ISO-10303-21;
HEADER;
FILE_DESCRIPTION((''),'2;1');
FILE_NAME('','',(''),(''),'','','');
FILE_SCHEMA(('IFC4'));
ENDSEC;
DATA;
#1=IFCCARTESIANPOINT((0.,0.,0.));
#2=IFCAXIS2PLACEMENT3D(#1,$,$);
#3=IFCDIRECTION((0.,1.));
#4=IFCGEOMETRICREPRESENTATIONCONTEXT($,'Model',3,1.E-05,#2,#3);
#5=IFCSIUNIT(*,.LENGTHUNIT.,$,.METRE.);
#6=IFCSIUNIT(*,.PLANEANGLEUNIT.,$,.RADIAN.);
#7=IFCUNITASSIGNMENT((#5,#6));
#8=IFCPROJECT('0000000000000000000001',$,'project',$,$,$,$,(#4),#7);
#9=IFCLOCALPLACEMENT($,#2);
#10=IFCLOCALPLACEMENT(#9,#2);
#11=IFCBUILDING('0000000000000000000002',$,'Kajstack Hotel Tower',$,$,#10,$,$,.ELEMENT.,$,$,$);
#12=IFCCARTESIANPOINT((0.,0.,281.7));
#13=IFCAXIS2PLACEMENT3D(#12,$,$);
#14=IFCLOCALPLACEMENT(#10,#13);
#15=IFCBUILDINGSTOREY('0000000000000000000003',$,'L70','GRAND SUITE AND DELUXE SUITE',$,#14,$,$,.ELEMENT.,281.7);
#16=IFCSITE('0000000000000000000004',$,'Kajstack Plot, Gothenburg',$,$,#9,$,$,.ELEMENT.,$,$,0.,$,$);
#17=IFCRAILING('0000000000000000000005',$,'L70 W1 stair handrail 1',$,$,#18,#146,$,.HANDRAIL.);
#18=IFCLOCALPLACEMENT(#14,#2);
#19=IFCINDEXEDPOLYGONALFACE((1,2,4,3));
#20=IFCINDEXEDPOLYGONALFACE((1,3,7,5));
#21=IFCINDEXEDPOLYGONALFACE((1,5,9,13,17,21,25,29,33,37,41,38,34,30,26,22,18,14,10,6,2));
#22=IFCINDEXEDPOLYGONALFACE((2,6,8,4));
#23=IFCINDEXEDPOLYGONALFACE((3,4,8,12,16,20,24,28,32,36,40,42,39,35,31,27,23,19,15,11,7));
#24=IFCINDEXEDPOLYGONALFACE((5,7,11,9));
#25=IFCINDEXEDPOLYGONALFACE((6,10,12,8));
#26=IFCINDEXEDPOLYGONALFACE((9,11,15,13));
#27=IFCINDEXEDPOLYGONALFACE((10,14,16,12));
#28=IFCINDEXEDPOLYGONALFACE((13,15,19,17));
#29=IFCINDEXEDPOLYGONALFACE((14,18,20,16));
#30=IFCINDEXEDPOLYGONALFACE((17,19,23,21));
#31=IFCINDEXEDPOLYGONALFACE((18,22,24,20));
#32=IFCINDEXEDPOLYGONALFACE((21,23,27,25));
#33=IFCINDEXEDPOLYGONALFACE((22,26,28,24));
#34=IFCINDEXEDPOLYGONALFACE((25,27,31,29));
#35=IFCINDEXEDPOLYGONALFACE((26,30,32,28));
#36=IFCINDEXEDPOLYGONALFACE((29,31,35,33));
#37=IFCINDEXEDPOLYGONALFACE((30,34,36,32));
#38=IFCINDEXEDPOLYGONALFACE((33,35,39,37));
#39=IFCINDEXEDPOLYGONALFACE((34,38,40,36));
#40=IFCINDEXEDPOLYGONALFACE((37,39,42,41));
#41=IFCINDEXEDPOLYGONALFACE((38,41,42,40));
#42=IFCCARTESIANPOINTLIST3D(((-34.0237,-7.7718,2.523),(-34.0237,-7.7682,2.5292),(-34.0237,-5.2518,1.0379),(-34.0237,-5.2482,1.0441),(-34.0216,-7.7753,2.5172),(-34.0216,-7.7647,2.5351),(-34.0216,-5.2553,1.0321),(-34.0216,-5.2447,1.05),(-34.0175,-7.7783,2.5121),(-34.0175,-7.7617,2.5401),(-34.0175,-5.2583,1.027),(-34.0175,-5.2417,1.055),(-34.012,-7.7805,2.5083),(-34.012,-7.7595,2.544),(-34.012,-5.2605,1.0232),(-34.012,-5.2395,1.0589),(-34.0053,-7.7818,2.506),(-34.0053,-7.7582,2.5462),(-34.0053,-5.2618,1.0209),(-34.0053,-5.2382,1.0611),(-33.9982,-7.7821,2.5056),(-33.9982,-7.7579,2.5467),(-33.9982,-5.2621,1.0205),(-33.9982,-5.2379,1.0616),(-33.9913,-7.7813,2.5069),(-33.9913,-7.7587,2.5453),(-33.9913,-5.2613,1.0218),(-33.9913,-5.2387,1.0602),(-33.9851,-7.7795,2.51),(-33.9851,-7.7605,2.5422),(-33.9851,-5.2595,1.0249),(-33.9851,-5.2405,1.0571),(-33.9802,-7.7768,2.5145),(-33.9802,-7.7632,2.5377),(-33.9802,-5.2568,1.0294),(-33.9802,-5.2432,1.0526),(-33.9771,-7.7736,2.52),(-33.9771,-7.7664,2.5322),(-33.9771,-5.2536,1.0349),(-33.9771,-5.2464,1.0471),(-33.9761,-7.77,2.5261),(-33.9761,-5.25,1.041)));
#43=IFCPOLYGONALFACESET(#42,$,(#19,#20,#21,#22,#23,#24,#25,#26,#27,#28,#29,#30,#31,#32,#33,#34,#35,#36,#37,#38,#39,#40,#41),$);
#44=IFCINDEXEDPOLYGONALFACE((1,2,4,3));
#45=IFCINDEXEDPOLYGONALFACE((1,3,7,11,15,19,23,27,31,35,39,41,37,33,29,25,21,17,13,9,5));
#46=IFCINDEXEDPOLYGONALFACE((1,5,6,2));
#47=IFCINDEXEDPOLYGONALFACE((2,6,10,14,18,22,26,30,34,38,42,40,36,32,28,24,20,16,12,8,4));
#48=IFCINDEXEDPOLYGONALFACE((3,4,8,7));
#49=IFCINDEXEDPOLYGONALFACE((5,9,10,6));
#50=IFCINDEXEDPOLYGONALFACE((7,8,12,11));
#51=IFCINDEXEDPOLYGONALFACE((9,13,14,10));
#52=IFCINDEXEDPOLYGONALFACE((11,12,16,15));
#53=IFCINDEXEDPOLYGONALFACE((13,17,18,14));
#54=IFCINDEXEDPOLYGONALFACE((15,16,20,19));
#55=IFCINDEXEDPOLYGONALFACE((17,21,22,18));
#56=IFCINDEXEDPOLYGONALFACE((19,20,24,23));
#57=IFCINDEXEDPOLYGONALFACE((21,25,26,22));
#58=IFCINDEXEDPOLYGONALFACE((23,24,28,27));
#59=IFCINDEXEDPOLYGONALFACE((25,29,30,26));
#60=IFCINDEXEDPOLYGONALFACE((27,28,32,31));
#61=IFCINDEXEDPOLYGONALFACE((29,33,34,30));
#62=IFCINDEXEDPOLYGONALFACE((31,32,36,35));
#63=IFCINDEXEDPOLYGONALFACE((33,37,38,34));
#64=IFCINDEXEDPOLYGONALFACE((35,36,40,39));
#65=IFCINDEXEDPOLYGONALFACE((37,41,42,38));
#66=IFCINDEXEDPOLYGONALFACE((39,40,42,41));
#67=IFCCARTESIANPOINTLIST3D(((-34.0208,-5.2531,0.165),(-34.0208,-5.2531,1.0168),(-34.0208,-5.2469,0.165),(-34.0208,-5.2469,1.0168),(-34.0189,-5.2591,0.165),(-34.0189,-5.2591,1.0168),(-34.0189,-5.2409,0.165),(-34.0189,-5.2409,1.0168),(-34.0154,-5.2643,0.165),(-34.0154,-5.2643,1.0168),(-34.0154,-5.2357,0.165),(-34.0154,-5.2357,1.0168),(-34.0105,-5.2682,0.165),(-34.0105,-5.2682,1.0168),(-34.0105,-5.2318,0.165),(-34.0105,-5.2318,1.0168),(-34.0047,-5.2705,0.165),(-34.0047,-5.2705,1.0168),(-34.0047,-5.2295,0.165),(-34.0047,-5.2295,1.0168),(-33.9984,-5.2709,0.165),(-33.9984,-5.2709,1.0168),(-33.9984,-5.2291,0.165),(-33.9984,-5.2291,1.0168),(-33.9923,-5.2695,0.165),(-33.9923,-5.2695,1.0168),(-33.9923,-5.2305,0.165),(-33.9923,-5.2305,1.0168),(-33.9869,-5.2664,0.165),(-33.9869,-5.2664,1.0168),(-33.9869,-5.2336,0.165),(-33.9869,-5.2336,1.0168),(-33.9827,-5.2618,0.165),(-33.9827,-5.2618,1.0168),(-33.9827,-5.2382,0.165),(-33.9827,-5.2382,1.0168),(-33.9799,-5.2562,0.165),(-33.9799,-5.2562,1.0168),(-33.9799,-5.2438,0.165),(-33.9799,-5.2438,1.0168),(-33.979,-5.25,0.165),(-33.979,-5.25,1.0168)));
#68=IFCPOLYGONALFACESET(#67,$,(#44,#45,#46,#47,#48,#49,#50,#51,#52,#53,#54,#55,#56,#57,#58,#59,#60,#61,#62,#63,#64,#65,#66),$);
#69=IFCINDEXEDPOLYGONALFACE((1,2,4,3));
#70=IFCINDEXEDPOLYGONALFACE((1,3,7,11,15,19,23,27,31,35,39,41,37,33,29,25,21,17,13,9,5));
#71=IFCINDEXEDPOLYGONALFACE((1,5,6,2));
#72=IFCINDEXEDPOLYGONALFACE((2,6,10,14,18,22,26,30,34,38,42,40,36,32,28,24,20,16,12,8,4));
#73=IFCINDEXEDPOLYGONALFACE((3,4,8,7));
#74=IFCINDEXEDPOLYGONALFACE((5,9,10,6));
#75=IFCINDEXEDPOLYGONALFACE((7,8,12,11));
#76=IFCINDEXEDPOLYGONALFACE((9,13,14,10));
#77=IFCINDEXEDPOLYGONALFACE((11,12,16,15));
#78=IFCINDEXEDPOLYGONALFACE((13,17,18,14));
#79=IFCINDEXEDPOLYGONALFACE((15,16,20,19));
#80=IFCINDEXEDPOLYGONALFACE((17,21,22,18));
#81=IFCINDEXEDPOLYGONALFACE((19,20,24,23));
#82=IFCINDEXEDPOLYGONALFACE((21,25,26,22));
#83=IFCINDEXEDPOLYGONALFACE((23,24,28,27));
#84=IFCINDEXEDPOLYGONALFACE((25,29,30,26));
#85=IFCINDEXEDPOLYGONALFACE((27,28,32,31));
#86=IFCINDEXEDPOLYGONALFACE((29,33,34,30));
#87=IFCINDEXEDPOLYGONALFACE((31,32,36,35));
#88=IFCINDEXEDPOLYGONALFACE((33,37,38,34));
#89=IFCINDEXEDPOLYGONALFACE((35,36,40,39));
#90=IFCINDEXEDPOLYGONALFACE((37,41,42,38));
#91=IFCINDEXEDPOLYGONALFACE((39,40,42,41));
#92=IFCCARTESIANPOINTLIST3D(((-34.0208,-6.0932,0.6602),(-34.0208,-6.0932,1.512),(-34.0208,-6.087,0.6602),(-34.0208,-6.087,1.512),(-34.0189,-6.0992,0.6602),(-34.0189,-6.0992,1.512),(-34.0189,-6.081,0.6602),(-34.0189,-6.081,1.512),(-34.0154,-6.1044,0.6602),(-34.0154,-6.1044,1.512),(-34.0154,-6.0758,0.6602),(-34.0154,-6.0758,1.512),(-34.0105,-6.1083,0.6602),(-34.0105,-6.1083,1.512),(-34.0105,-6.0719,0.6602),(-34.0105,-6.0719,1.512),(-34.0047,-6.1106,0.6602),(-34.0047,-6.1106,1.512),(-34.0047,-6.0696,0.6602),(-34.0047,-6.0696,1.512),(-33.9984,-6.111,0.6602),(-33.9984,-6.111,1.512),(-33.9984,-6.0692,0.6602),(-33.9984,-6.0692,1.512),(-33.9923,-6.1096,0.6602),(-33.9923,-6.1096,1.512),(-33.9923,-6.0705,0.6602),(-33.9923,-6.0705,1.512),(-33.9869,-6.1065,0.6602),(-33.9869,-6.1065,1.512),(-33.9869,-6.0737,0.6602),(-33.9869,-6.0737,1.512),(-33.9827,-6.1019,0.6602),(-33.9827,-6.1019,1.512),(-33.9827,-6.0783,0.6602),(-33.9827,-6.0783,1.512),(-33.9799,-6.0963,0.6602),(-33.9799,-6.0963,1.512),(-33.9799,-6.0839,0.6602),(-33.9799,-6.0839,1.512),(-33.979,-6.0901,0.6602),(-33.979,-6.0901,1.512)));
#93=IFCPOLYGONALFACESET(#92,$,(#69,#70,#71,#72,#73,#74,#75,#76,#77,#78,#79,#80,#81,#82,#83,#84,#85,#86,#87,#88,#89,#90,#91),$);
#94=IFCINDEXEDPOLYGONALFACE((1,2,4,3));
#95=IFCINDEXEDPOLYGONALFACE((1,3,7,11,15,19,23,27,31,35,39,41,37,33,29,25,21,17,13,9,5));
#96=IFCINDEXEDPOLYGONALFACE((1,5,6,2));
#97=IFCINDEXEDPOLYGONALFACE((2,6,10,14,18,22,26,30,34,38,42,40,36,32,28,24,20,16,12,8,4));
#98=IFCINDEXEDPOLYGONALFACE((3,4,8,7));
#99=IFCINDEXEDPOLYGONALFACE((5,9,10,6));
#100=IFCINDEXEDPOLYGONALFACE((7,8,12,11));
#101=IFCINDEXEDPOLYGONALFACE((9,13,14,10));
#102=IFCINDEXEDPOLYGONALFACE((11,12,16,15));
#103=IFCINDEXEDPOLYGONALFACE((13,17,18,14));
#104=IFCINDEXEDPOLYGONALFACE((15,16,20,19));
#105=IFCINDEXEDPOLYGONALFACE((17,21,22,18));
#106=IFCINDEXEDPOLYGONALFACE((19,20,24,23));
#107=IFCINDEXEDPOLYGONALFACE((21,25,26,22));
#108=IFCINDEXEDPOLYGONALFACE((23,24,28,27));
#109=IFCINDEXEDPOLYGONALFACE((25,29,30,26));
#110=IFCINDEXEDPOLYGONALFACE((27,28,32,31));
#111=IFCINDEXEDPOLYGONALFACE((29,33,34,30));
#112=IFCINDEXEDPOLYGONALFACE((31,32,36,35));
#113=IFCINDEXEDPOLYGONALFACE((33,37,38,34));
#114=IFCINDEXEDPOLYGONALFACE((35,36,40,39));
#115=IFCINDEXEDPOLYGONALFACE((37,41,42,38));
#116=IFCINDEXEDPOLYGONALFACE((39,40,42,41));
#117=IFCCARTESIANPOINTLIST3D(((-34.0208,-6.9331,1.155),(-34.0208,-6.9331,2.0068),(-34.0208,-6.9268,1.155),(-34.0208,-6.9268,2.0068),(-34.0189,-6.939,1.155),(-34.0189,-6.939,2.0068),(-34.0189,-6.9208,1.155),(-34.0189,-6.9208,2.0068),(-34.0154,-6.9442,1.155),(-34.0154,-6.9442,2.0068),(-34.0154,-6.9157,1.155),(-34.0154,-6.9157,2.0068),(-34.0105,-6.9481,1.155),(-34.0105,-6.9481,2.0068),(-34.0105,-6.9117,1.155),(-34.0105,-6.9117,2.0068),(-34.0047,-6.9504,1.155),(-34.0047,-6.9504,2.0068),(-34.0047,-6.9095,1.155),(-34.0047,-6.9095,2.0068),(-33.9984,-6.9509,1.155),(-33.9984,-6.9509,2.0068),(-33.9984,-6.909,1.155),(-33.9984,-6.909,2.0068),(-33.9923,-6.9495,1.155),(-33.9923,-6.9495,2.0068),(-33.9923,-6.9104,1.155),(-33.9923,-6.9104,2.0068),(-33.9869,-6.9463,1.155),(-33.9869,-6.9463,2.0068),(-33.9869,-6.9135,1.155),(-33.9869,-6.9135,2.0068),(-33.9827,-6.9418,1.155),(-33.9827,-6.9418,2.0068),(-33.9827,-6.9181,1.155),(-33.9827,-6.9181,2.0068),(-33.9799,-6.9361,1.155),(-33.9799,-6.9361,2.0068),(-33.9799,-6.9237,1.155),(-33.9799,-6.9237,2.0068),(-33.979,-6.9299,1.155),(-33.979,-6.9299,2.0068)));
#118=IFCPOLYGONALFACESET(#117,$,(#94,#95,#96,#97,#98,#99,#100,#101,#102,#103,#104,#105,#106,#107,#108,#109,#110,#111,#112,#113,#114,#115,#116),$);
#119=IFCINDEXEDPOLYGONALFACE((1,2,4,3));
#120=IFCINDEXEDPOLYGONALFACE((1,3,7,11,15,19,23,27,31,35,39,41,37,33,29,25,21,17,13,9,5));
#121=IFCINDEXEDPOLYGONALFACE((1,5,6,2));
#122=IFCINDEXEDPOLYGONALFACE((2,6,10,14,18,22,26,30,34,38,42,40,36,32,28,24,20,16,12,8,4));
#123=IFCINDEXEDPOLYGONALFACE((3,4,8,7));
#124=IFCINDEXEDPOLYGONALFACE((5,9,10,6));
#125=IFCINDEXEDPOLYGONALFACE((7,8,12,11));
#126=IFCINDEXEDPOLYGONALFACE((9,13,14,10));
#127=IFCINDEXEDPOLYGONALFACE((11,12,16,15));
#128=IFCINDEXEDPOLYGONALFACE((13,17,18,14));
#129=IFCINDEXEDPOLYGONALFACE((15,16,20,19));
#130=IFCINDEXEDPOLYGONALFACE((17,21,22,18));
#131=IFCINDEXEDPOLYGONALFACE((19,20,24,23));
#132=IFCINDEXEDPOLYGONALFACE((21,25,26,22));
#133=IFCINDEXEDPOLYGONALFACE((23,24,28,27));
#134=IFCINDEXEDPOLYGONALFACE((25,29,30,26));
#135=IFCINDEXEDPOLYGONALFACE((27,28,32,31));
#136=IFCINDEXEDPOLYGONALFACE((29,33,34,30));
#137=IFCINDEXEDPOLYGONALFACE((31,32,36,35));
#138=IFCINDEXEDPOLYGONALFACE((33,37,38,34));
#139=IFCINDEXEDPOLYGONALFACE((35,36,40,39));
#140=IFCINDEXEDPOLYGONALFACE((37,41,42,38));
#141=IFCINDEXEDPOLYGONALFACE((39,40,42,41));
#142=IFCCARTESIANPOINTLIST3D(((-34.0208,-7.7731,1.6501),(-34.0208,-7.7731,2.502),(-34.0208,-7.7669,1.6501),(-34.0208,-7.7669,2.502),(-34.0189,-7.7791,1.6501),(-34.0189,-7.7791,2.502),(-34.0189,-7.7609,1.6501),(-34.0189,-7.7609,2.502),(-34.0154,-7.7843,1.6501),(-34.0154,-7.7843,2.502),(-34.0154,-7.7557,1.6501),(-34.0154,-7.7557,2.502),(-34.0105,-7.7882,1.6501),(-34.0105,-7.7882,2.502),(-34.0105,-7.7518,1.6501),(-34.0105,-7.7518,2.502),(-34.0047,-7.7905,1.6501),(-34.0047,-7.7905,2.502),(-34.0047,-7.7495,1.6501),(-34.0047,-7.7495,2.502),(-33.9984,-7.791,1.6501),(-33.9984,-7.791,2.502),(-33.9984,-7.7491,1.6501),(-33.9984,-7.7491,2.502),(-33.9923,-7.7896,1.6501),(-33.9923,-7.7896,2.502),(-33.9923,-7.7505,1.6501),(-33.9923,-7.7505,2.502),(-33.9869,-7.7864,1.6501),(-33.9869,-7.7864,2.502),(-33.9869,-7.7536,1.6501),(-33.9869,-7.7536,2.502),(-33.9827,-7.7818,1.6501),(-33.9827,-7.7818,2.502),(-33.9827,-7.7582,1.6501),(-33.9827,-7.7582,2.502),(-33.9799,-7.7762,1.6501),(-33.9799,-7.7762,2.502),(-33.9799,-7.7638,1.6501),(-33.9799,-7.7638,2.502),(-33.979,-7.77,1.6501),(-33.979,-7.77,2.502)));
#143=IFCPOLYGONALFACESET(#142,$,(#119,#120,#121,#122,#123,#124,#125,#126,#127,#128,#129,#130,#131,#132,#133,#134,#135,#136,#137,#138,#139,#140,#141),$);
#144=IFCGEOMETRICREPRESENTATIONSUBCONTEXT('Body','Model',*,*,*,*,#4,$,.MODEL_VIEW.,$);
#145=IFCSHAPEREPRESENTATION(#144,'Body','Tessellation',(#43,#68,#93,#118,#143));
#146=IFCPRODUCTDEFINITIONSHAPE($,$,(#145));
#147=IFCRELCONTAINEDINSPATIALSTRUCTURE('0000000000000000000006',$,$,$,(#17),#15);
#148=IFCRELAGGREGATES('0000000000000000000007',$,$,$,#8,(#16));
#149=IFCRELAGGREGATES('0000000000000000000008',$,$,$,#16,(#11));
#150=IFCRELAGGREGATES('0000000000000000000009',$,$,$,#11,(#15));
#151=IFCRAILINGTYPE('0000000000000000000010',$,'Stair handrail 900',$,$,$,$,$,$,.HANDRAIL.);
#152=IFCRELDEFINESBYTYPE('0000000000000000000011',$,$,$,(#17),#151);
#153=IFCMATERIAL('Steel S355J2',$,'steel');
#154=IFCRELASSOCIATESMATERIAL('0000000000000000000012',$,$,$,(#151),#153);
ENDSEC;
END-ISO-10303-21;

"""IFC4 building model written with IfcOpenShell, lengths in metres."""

from ifc_helpers import new_model, si_unit, direction, frame, origin, origin_2d, place, context, subcontext, project, spatial, circle, extrude, material, type_object, element, save


model = new_model("IFC4")

# Units and contexts
model_context = context("Model", 3, precision=1e-05, world=origin(), true_north=direction((0.0, 1.0)))
body_context = subcontext(model_context, "Body", "Model", "MODEL_VIEW")
ifc_project = project(units=[si_unit("LENGTHUNIT", "METRE"), si_unit("PLANEANGLEUNIT", "RADIAN")], contexts=[model_context])

# Site, building, storey
site_placement = place(None, origin())
site = spatial("IfcSite", under=ifc_project, at=site_placement, Name="Kajstack Plot, Gothenburg", CompositionType="ELEMENT", RefElevation=0.0)
building_placement = place(site_placement, origin())
building = spatial("IfcBuilding", under=site, at=building_placement, Name="Kajstack Hotel Tower", CompositionType="ELEMENT")
storey_placement = place(building_placement, frame((0.0, 0.0, 281.7)))
storey = spatial("IfcBuildingStorey", under=building, at=storey_placement, Name="L70", Description="GRAND SUITE AND DELUXE SUITE", CompositionType="ELEMENT", Elevation=281.7)

# Railing
ifc_material_1 = material(Name="Steel S355J2", Category="steel")
railing_type_1 = type_object("IfcRailingType", Name="Stair handrail 900", PredefinedType="HANDRAIL", material=ifc_material_1)
railing_1_placement = place(storey_placement, frame((-34.0, -5.25, 0.165)))
element("IfcRailing", 1, at=railing_1_placement, inside=storey, type_object=railing_type_1, Name="L70 W1 stair handrail 1", PredefinedType="HANDRAIL", context=body_context, shape_type="SweptSolid", body=[
    extrude(circle(Radius=0.0239, at=origin_2d()), frame((0.0, 0.0, 0.876), z_axis=(0.0, -0.861524, 0.507717), x_axis=(1.0, 0.0, 0.0)), (0.0, 0.0, 1.0), 2.925),
    extrude(circle(Radius=0.021, at=origin_2d()), origin(), (0.0, 0.0, 1.0), 0.8518),
    extrude(circle(Radius=0.021, at=origin_2d()), frame((0.0, -0.8401, 0.4951)), (0.0, 0.0, 1.0), 0.8518),
    extrude(circle(Radius=0.021, at=origin_2d()), frame((0.0, -1.6799, 0.99)), (0.0, 0.0, 1.0), 0.8518),
    extrude(circle(Radius=0.021, at=origin_2d()), frame((0.0, -2.52, 1.4851)), (0.0, 0.0, 1.0), 0.8518),
])

save(model, "model.ifc")
